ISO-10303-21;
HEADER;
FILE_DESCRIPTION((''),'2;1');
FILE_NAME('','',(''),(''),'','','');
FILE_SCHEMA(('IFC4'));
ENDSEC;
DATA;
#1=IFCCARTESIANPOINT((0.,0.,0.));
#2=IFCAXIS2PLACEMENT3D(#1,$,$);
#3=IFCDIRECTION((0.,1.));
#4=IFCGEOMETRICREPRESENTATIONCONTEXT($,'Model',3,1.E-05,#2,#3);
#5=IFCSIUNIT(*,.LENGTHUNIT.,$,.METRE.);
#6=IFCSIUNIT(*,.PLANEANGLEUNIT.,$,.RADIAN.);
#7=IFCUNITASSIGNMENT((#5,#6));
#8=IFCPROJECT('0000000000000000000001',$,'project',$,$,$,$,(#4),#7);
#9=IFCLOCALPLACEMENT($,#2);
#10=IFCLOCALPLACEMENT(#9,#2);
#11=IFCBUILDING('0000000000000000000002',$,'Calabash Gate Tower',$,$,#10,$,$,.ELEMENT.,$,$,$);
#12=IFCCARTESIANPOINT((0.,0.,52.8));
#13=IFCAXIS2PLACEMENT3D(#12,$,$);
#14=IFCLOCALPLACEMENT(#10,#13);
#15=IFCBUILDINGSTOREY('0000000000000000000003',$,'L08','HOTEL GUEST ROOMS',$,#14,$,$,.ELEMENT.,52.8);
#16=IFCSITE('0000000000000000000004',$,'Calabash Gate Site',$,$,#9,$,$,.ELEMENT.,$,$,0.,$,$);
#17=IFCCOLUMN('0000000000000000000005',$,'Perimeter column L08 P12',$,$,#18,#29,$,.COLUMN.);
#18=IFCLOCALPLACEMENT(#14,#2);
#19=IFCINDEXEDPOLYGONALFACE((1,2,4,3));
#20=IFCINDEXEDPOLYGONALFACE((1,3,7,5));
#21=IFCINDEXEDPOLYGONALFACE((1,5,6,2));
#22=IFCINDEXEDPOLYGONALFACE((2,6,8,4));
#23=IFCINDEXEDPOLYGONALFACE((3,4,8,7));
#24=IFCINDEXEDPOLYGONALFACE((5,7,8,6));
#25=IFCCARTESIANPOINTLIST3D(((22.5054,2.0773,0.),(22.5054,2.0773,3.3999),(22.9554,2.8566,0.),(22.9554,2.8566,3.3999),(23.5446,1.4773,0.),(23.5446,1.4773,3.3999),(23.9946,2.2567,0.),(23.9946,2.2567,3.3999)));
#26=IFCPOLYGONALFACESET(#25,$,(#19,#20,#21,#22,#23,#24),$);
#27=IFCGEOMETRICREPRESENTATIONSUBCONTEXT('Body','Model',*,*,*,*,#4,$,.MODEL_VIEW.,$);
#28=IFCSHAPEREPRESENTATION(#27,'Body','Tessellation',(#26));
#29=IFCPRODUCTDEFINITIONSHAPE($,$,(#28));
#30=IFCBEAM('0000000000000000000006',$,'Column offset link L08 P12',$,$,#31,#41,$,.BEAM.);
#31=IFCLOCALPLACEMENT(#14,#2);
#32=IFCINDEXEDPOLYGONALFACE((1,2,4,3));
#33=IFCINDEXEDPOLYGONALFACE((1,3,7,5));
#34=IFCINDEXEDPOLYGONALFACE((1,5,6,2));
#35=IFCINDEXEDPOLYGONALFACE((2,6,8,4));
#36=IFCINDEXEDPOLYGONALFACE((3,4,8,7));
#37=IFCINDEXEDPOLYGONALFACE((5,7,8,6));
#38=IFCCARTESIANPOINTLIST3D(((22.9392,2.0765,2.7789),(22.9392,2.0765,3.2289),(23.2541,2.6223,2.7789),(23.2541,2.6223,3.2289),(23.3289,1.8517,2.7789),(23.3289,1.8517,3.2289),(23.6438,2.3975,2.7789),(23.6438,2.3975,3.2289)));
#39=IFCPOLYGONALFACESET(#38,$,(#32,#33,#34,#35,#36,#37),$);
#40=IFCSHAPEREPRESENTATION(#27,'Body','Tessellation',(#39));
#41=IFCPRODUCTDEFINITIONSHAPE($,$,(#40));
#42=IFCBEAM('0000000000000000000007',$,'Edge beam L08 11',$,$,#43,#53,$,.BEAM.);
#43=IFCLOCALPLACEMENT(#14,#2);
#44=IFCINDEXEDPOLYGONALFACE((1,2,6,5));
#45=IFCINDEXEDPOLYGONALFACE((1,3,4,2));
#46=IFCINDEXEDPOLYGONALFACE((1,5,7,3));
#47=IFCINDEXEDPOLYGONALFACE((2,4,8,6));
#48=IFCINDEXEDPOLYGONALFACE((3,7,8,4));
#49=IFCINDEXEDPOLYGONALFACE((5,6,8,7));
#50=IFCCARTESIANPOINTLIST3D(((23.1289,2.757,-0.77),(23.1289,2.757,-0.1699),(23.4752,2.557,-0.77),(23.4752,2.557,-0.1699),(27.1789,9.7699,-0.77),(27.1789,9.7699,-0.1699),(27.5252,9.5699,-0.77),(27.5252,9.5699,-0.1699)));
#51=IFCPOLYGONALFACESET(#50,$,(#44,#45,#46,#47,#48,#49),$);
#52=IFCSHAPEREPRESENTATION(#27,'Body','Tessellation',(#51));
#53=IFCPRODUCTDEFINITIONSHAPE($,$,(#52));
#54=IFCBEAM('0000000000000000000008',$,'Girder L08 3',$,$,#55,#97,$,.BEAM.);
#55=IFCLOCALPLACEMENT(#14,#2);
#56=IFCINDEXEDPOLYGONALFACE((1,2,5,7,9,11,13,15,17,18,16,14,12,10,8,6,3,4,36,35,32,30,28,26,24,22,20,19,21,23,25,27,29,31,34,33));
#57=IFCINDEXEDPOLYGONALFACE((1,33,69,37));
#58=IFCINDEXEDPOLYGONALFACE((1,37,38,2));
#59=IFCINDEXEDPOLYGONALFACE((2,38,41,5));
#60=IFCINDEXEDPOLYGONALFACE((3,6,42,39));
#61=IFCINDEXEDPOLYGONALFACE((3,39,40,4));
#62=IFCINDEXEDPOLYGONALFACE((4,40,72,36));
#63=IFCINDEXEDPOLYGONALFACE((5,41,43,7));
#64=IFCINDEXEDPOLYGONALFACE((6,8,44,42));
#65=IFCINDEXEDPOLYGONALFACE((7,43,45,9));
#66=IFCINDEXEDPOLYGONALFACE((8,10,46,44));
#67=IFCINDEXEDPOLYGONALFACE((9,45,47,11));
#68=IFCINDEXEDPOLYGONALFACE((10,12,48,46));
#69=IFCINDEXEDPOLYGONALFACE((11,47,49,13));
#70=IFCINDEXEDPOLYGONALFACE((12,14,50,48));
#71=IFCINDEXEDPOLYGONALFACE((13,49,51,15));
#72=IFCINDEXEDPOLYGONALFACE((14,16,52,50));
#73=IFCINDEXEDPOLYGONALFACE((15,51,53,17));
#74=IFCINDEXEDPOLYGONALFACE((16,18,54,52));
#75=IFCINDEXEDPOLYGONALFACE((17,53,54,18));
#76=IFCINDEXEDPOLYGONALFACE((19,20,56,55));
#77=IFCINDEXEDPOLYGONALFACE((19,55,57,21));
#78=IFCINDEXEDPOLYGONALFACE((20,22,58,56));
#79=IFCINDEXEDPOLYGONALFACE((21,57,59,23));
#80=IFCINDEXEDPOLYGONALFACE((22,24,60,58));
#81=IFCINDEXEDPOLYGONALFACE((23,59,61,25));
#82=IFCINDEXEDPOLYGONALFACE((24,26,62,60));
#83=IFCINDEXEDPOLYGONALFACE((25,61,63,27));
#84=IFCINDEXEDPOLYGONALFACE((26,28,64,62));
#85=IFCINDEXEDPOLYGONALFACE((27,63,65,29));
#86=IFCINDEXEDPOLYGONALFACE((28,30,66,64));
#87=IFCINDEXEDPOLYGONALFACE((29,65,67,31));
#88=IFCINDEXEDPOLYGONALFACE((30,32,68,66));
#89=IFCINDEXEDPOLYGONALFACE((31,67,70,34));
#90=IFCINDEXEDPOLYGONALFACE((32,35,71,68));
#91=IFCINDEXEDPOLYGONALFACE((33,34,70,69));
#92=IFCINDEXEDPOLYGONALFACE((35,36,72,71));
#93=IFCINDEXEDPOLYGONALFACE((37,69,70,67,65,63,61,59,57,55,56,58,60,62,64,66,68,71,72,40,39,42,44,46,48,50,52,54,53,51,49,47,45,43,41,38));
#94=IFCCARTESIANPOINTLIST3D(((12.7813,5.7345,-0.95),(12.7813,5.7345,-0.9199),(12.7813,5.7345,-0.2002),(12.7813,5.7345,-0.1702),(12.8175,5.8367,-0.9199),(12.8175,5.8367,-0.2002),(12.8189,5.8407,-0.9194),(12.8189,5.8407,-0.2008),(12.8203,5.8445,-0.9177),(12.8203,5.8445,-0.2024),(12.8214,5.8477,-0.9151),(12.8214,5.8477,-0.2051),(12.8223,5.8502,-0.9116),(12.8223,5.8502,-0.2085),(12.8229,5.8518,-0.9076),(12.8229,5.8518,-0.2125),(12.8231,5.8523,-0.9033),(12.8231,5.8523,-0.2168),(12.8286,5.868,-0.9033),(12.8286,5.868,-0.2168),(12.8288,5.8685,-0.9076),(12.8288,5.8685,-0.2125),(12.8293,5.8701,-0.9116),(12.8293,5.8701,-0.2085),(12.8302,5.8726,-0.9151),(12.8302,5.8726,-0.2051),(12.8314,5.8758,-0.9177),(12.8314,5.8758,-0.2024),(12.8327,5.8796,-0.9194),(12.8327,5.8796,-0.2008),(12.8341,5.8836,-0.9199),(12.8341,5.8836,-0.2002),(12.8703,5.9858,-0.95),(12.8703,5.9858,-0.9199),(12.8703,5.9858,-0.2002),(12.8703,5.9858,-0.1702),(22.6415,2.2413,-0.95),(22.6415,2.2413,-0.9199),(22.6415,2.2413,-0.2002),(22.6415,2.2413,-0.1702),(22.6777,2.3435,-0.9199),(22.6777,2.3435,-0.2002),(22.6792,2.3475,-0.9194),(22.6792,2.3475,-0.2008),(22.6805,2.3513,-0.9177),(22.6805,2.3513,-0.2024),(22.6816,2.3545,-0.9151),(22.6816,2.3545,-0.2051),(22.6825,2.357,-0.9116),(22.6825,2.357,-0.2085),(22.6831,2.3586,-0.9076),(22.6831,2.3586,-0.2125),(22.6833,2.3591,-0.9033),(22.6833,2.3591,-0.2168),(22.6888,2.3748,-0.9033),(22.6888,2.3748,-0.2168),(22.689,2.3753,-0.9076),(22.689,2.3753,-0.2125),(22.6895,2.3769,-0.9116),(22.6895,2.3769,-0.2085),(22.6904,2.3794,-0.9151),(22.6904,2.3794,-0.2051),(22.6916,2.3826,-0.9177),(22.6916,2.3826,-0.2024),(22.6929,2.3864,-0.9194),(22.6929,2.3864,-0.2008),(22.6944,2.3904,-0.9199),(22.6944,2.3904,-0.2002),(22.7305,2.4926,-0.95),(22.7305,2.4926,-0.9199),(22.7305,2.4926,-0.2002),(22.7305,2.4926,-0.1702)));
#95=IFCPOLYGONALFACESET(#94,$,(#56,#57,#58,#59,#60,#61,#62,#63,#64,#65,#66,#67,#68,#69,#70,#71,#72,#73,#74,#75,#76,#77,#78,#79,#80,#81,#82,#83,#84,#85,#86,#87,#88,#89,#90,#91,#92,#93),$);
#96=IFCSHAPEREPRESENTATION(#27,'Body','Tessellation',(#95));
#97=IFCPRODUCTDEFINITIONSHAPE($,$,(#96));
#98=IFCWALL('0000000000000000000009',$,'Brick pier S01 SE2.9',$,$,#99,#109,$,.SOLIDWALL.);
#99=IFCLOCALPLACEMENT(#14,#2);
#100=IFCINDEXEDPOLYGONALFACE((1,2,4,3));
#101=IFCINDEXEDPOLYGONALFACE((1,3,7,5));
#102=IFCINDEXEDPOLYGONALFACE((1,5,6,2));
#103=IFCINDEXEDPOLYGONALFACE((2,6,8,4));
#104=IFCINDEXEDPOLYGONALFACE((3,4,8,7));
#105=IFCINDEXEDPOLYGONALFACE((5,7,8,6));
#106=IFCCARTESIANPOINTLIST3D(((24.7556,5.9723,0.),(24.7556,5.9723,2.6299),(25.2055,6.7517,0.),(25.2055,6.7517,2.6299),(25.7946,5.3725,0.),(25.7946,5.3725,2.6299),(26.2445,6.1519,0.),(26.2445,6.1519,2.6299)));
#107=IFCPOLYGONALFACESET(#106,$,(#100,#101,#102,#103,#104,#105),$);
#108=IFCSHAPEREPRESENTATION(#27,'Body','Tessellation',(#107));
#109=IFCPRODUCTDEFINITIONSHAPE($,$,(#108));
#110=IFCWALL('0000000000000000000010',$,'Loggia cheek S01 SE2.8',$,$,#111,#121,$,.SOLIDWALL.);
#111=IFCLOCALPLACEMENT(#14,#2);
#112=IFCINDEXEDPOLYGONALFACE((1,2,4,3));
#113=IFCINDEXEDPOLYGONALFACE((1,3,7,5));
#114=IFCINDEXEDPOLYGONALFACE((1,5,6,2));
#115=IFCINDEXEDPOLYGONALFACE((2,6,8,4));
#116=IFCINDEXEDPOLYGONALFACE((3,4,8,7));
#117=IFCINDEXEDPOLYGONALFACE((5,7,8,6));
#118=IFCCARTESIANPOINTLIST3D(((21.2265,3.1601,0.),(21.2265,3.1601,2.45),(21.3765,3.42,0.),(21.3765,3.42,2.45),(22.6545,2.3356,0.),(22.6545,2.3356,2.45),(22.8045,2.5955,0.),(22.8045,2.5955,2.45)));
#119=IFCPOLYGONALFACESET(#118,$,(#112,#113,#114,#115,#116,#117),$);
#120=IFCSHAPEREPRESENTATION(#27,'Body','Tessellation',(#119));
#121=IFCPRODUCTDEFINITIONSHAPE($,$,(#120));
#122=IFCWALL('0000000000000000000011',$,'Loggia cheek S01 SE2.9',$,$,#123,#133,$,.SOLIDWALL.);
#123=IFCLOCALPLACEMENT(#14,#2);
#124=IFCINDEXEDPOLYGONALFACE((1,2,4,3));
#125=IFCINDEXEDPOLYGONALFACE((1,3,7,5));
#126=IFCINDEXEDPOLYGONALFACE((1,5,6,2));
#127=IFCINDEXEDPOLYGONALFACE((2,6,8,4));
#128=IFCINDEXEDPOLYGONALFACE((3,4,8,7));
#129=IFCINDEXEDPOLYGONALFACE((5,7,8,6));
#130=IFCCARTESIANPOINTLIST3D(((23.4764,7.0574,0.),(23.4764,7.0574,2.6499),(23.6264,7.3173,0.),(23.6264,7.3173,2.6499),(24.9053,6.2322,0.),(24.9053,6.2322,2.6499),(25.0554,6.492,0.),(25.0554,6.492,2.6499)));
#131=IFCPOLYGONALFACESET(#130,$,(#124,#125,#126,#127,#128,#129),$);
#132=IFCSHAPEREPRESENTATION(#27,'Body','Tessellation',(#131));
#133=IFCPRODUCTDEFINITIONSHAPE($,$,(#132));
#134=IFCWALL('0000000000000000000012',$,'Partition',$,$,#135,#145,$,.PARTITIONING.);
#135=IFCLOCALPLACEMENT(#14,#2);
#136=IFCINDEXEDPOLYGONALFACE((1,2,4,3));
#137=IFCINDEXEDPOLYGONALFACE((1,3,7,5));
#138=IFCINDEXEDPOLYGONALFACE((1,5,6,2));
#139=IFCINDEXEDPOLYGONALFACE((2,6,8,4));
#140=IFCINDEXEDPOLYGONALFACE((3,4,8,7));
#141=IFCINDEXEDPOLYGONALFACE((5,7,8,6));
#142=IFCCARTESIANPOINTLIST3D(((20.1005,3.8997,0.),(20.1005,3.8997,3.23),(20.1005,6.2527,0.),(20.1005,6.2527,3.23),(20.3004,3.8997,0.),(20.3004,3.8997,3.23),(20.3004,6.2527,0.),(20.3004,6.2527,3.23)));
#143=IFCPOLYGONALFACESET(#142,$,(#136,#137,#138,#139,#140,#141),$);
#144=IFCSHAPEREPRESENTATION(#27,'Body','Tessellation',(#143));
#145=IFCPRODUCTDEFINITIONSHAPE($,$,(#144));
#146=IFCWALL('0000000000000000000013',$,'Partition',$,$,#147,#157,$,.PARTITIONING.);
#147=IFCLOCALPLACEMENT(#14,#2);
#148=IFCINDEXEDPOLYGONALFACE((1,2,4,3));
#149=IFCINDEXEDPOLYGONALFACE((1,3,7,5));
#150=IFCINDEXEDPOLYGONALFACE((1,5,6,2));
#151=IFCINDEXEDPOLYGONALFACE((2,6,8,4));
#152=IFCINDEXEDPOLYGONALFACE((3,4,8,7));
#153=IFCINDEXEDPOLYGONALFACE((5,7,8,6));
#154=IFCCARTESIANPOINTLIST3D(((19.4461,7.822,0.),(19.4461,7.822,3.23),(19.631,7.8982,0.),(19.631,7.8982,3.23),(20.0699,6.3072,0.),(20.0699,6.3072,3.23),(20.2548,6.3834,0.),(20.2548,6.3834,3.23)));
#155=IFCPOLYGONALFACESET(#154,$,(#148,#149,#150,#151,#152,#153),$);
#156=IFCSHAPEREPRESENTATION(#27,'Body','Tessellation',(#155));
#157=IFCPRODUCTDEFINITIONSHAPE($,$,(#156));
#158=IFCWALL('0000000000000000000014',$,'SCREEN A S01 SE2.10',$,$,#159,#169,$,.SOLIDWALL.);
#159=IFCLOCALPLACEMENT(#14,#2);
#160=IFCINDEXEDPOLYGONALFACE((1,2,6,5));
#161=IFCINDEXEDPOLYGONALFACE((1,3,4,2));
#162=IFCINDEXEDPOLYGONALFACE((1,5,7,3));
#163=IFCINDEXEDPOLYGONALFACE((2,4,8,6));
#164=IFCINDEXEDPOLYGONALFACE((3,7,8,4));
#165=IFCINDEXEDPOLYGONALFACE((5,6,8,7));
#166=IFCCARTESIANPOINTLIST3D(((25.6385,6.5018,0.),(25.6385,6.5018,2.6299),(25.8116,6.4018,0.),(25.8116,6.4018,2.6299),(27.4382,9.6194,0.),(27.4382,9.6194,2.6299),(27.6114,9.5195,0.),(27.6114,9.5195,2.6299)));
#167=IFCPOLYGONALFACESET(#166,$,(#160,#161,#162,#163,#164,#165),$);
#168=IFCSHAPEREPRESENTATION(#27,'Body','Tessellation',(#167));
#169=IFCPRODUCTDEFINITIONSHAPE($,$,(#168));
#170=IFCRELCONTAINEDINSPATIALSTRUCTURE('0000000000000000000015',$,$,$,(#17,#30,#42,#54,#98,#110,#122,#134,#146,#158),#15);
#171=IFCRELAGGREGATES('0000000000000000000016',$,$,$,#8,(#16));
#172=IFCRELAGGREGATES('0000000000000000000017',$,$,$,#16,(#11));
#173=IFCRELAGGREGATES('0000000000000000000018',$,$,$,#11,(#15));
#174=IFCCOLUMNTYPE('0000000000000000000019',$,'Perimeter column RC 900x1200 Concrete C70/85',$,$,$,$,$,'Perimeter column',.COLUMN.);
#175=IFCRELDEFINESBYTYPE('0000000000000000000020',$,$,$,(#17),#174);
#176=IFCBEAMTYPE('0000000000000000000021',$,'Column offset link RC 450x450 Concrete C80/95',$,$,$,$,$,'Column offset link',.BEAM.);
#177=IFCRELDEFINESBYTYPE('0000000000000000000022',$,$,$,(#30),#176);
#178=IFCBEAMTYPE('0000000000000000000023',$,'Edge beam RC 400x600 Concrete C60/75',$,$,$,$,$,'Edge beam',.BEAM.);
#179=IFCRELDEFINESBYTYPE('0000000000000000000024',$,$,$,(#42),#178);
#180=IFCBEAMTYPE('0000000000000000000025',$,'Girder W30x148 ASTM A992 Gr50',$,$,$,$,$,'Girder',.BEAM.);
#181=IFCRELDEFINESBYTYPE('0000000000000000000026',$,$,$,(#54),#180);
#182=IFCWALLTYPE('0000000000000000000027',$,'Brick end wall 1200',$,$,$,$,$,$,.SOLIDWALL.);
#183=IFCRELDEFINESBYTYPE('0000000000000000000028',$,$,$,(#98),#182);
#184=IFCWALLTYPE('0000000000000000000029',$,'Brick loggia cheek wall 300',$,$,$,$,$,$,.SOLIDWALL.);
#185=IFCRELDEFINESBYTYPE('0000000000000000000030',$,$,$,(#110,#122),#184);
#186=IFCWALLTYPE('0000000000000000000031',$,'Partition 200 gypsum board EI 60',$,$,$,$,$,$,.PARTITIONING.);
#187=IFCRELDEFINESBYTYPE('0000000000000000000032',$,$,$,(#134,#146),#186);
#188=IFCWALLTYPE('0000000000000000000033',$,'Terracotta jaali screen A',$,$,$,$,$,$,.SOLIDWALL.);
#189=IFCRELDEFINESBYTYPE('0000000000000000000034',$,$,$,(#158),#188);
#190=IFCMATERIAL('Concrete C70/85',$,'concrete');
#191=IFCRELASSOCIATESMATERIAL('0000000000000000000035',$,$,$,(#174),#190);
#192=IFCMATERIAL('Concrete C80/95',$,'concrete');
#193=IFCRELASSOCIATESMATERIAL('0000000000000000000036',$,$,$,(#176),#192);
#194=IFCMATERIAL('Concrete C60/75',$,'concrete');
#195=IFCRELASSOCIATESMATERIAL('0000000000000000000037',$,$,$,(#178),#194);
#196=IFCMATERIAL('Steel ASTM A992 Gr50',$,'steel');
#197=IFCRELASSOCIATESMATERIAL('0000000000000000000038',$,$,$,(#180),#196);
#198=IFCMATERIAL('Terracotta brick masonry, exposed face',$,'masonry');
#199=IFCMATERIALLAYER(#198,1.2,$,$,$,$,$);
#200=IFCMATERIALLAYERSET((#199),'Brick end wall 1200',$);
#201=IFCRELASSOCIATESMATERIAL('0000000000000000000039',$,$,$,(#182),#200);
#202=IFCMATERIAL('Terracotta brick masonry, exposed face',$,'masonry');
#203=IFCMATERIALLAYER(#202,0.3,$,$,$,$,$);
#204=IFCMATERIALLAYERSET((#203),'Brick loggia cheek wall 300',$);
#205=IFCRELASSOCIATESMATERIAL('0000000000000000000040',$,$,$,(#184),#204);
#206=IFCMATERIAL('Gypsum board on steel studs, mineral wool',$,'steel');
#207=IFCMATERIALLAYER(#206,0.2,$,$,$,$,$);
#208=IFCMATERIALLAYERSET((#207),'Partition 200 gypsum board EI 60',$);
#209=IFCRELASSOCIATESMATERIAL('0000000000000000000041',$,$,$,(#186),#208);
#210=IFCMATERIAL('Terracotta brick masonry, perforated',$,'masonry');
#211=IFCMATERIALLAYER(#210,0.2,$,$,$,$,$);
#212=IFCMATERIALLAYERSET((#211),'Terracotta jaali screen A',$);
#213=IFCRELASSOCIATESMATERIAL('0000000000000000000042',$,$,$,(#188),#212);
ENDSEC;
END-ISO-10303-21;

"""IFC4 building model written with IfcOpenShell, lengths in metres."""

from ifc_helpers import new_model, si_unit, direction, frame, frame_2d, origin, origin_2d, place, context, subcontext, project, spatial, rectangle, i_section, extrude, material, layer, layer_set, material_profile, profile_set, type_object, element, save


model = new_model("IFC4")

# Units and contexts
model_context = context("Model", 3, precision=1e-05, world=origin(), true_north=direction((0.0, 1.0)))
body_context = subcontext(model_context, "Body", "Model", "MODEL_VIEW")
ifc_project = project(units=[si_unit("LENGTHUNIT", "METRE"), si_unit("PLANEANGLEUNIT", "RADIAN")], contexts=[model_context])

# Site, building, storey
site_placement = place(None, origin())
site = spatial("IfcSite", under=ifc_project, at=site_placement, Name="Calabash Gate Site", CompositionType="ELEMENT", RefElevation=0.0)
building_placement = place(site_placement, origin())
building = spatial("IfcBuilding", under=site, at=building_placement, Name="Calabash Gate Tower", CompositionType="ELEMENT")
storey_placement = place(building_placement, frame((0.0, 0.0, 52.8)))
storey = spatial("IfcBuildingStorey", under=building, at=storey_placement, Name="L08", Description="HOTEL GUEST ROOMS", CompositionType="ELEMENT", Elevation=52.8)

# Column
ifc_material_1 = material(Name="Concrete C70/85", Category="concrete")
ifc_material_profile_1 = material_profile(ifc_material_1, rectangle(XDim=0.8999, YDim=1.2, at=origin_2d()))
ifc_profile_set_1 = profile_set([ifc_material_profile_1], Name="Concrete C70/85")
column_type = type_object("IfcColumnType", Name="Perimeter column RC 900x1200 Concrete C70/85", ElementType="Perimeter column", PredefinedType="COLUMN", material=ifc_profile_set_1)
column_placement = place(storey_placement, frame((23.25, 2.167, 0.0), z_axis=(0.0, 0.0, 1.0), x_axis=(0.5, 0.866025, 0.0)))
element("IfcColumn", 1, at=column_placement, inside=storey, type_object=column_type, Name="Perimeter column L08 P12", PredefinedType="COLUMN", context=body_context, shape_type="SweptSolid", body=[
    extrude(rectangle(XDim=0.8999, YDim=1.2, at=origin_2d()), origin(), (0.0, 0.0, 1.0), 3.3999),
])

# Beams
ifc_material_2 = material(Name="Concrete C80/95", Category="concrete")
ifc_material_profile_2 = material_profile(ifc_material_2, rectangle(XDim=0.45, YDim=0.45, at=origin_2d()))
ifc_profile_set_2 = profile_set([ifc_material_profile_2], Name="Concrete C80/95")
beam_type_1 = type_object("IfcBeamType", Name="Column offset link RC 450x450 Concrete C80/95", ElementType="Column offset link", PredefinedType="BEAM", material=ifc_profile_set_2)
beam_1_placement = place(storey_placement, frame((23.134, 1.9641, 3.0039), z_axis=(0.499722, 0.866186, 0.0), x_axis=(-0.866186, 0.499722, 0.0)))
element("IfcBeam", 2, at=beam_1_placement, inside=storey, type_object=beam_type_1, Name="Column offset link L08 P12", PredefinedType="BEAM", context=body_context, shape_type="SweptSolid", body=[
    extrude(rectangle(XDim=0.45, YDim=0.45, at=origin_2d()), origin(), (0.0, 0.0, 1.0), 0.6301),
])
ifc_material_3 = material(Name="Concrete C60/75", Category="concrete")
ifc_material_profile_3 = material_profile(ifc_material_3, rectangle(XDim=0.3999, YDim=0.6001, at=origin_2d()))
ifc_profile_set_3 = profile_set([ifc_material_profile_3], Name="Concrete C60/75")
beam_type_2 = type_object("IfcBeamType", Name="Edge beam RC 400x600 Concrete C60/75", ElementType="Edge beam", PredefinedType="BEAM", material=ifc_profile_set_3)
beam_2_placement = place(storey_placement, frame((23.302, 2.657, -0.47), z_axis=(0.500104, 0.865965, 0.0), x_axis=(-0.865965, 0.500104, 0.0)))
element("IfcBeam", 3, at=beam_2_placement, inside=storey, type_object=beam_type_2, Name="Edge beam L08 11", PredefinedType="BEAM", context=body_context, shape_type="SweptSolid", body=[
    extrude(rectangle(XDim=0.3999, YDim=0.6001, at=origin_2d()), origin(), (0.0, 0.0, 1.0), 8.0984),
])
ifc_material_4 = material(Name="Steel ASTM A992 Gr50", Category="steel")
ifc_material_profile_4 = material_profile(ifc_material_4, i_section(OverallWidth=0.2666, OverallDepth=0.7798, WebThickness=0.0166, FlangeThickness=0.03, FilletRadius=0.0166, at=origin_2d()))
ifc_profile_set_4 = profile_set([ifc_material_profile_4], Name="Steel ASTM A992 Gr50")
beam_type_3 = type_object("IfcBeamType", Name="Girder W30x148 ASTM A992 Gr50", ElementType="Girder", PredefinedType="BEAM", material=ifc_profile_set_4)
beam_3_placement = place(storey_placement, frame((22.686, 2.3669, -0.5601), z_axis=(-0.942596, 0.333936, 0.0), x_axis=(-0.333936, -0.942596, 0.0)))
element("IfcBeam", 4, at=beam_3_placement, inside=storey, type_object=beam_type_3, Name="Girder L08 3", PredefinedType="BEAM", context=body_context, shape_type="SweptSolid", body=[
    extrude(i_section(OverallWidth=0.2666, OverallDepth=0.7798, WebThickness=0.0166, FlangeThickness=0.03, FilletRadius=0.0166, at=origin_2d()), origin(), (0.0, 0.0, 1.0), 10.4607),
])

# Walls
ifc_material_5 = material(Name="Terracotta brick masonry, exposed face", Category="masonry")
ifc_layer_1 = layer(ifc_material_5, 1.2)
ifc_layer_set_1 = layer_set([ifc_layer_1], Name="Brick end wall 1200")
wall_type_1 = type_object("IfcWallType", Name="Brick end wall 1200", PredefinedType="SOLIDWALL", material=ifc_layer_set_1)
wall_1_placement = place(storey_placement, frame((26.0195, 5.7622, 0.0), z_axis=(0.0, 0.0, 1.0), x_axis=(-0.866043, 0.499969, 0.0)))
element("IfcWall", 5, at=wall_1_placement, inside=storey, type_object=wall_type_1, Name="Brick pier S01 SE2.9", PredefinedType="SOLIDWALL", context=body_context, shape_type="SweptSolid", body=[
    extrude(rectangle(XDim=1.1997, YDim=0.8999, at=frame_2d((0.5999, 0.0))), origin(), (0.0, 0.0, 1.0), 2.6299),
])
ifc_material_6 = material(Name="Terracotta brick masonry, exposed face", Category="masonry")
ifc_layer_2 = layer(ifc_material_6, 0.3)
ifc_layer_set_2 = layer_set([ifc_layer_2], Name="Brick loggia cheek wall 300")
wall_type_2 = type_object("IfcWallType", Name="Brick loggia cheek wall 300", PredefinedType="SOLIDWALL", material=ifc_layer_set_2)
wall_2_placement = place(storey_placement, frame((21.3015, 3.29, 0.0), z_axis=(0.0, 0.0, 1.0), x_axis=(0.86602, -0.500009, 0.0)))
element("IfcWall", 6, at=wall_2_placement, inside=storey, type_object=wall_type_2, Name="Loggia cheek S01 SE2.8", PredefinedType="SOLIDWALL", context=body_context, shape_type="SweptSolid", body=[
    extrude(rectangle(XDim=1.6489, YDim=0.3, at=frame_2d((0.8245, 0.0))), origin(), (0.0, 0.0, 1.0), 2.45),
])
wall_3_placement = place(storey_placement, frame((24.9805, 6.3621, 0.0), z_axis=(0.0, 0.0, 1.0), x_axis=(-0.865976, 0.500085, 0.0)))
element("IfcWall", 7, at=wall_3_placement, inside=storey, type_object=wall_type_2, Name="Loggia cheek S01 SE2.9", PredefinedType="SOLIDWALL", context=body_context, shape_type="SweptSolid", body=[
    extrude(rectangle(XDim=1.6501, YDim=0.3, at=frame_2d((0.8252, 0.0))), origin(), (0.0, 0.0, 1.0), 2.6499),
])
ifc_material_7 = material(Name="Gypsum board on steel studs, mineral wool", Category="steel")
ifc_layer_3 = layer(ifc_material_7, 0.2)
ifc_layer_set_3 = layer_set([ifc_layer_3], Name="Partition 200 gypsum board EI 60")
wall_type_3 = type_object("IfcWallType", Name="Partition 200 gypsum board EI 60", PredefinedType="PARTITIONING", material=ifc_layer_set_3)
wall_4_placement = place(storey_placement, frame((20.2004, 3.8997, 0.0), z_axis=(0.0, 0.0, 1.0), x_axis=(0.0, 1.0, 0.0)))
element("IfcWall", 8, at=wall_4_placement, inside=storey, type_object=wall_type_3, Name="Partition", PredefinedType="PARTITIONING", context=body_context, shape_type="SweptSolid", body=[
    extrude(rectangle(XDim=2.353, YDim=0.2, at=frame_2d((1.1765, 0.0))), origin(), (0.0, 0.0, 1.0), 3.23),
])
wall_5_placement = place(storey_placement, frame((19.5386, 7.8601, 0.0), z_axis=(0.0, 0.0, 1.0), x_axis=(0.38075, -0.924678, 0.0)))
element("IfcWall", 9, at=wall_5_placement, inside=storey, type_object=wall_type_3, Name="Partition", PredefinedType="PARTITIONING", context=body_context, shape_type="SweptSolid", body=[
    extrude(rectangle(XDim=1.6382, YDim=0.2, at=frame_2d((0.8191, 0.0))), origin(), (0.0, 0.0, 1.0), 3.23),
])
ifc_material_8 = material(Name="Terracotta brick masonry, perforated", Category="masonry")
ifc_layer_4 = layer(ifc_material_8, 0.2)
ifc_layer_set_4 = layer_set([ifc_layer_4], Name="Terracotta jaali screen A")
wall_type_4 = type_object("IfcWallType", Name="Terracotta jaali screen A", PredefinedType="SOLIDWALL", material=ifc_layer_set_4)
wall_6_placement = place(storey_placement, frame((25.7251, 6.4519, 0.0), z_axis=(0.0, 0.0, 1.0), x_axis=(0.499961, 0.866048, 0.0)))
element("IfcWall", 10, at=wall_6_placement, inside=storey, type_object=wall_type_4, Name="SCREEN A S01 SE2.10", PredefinedType="SOLIDWALL", context=body_context, shape_type="SweptSolid", body=[
    extrude(rectangle(XDim=3.5999, YDim=0.2, at=frame_2d((1.7998, 0.0))), origin(), (0.0, 0.0, 1.0), 2.6299),
])

save(model, "model.ifc")
